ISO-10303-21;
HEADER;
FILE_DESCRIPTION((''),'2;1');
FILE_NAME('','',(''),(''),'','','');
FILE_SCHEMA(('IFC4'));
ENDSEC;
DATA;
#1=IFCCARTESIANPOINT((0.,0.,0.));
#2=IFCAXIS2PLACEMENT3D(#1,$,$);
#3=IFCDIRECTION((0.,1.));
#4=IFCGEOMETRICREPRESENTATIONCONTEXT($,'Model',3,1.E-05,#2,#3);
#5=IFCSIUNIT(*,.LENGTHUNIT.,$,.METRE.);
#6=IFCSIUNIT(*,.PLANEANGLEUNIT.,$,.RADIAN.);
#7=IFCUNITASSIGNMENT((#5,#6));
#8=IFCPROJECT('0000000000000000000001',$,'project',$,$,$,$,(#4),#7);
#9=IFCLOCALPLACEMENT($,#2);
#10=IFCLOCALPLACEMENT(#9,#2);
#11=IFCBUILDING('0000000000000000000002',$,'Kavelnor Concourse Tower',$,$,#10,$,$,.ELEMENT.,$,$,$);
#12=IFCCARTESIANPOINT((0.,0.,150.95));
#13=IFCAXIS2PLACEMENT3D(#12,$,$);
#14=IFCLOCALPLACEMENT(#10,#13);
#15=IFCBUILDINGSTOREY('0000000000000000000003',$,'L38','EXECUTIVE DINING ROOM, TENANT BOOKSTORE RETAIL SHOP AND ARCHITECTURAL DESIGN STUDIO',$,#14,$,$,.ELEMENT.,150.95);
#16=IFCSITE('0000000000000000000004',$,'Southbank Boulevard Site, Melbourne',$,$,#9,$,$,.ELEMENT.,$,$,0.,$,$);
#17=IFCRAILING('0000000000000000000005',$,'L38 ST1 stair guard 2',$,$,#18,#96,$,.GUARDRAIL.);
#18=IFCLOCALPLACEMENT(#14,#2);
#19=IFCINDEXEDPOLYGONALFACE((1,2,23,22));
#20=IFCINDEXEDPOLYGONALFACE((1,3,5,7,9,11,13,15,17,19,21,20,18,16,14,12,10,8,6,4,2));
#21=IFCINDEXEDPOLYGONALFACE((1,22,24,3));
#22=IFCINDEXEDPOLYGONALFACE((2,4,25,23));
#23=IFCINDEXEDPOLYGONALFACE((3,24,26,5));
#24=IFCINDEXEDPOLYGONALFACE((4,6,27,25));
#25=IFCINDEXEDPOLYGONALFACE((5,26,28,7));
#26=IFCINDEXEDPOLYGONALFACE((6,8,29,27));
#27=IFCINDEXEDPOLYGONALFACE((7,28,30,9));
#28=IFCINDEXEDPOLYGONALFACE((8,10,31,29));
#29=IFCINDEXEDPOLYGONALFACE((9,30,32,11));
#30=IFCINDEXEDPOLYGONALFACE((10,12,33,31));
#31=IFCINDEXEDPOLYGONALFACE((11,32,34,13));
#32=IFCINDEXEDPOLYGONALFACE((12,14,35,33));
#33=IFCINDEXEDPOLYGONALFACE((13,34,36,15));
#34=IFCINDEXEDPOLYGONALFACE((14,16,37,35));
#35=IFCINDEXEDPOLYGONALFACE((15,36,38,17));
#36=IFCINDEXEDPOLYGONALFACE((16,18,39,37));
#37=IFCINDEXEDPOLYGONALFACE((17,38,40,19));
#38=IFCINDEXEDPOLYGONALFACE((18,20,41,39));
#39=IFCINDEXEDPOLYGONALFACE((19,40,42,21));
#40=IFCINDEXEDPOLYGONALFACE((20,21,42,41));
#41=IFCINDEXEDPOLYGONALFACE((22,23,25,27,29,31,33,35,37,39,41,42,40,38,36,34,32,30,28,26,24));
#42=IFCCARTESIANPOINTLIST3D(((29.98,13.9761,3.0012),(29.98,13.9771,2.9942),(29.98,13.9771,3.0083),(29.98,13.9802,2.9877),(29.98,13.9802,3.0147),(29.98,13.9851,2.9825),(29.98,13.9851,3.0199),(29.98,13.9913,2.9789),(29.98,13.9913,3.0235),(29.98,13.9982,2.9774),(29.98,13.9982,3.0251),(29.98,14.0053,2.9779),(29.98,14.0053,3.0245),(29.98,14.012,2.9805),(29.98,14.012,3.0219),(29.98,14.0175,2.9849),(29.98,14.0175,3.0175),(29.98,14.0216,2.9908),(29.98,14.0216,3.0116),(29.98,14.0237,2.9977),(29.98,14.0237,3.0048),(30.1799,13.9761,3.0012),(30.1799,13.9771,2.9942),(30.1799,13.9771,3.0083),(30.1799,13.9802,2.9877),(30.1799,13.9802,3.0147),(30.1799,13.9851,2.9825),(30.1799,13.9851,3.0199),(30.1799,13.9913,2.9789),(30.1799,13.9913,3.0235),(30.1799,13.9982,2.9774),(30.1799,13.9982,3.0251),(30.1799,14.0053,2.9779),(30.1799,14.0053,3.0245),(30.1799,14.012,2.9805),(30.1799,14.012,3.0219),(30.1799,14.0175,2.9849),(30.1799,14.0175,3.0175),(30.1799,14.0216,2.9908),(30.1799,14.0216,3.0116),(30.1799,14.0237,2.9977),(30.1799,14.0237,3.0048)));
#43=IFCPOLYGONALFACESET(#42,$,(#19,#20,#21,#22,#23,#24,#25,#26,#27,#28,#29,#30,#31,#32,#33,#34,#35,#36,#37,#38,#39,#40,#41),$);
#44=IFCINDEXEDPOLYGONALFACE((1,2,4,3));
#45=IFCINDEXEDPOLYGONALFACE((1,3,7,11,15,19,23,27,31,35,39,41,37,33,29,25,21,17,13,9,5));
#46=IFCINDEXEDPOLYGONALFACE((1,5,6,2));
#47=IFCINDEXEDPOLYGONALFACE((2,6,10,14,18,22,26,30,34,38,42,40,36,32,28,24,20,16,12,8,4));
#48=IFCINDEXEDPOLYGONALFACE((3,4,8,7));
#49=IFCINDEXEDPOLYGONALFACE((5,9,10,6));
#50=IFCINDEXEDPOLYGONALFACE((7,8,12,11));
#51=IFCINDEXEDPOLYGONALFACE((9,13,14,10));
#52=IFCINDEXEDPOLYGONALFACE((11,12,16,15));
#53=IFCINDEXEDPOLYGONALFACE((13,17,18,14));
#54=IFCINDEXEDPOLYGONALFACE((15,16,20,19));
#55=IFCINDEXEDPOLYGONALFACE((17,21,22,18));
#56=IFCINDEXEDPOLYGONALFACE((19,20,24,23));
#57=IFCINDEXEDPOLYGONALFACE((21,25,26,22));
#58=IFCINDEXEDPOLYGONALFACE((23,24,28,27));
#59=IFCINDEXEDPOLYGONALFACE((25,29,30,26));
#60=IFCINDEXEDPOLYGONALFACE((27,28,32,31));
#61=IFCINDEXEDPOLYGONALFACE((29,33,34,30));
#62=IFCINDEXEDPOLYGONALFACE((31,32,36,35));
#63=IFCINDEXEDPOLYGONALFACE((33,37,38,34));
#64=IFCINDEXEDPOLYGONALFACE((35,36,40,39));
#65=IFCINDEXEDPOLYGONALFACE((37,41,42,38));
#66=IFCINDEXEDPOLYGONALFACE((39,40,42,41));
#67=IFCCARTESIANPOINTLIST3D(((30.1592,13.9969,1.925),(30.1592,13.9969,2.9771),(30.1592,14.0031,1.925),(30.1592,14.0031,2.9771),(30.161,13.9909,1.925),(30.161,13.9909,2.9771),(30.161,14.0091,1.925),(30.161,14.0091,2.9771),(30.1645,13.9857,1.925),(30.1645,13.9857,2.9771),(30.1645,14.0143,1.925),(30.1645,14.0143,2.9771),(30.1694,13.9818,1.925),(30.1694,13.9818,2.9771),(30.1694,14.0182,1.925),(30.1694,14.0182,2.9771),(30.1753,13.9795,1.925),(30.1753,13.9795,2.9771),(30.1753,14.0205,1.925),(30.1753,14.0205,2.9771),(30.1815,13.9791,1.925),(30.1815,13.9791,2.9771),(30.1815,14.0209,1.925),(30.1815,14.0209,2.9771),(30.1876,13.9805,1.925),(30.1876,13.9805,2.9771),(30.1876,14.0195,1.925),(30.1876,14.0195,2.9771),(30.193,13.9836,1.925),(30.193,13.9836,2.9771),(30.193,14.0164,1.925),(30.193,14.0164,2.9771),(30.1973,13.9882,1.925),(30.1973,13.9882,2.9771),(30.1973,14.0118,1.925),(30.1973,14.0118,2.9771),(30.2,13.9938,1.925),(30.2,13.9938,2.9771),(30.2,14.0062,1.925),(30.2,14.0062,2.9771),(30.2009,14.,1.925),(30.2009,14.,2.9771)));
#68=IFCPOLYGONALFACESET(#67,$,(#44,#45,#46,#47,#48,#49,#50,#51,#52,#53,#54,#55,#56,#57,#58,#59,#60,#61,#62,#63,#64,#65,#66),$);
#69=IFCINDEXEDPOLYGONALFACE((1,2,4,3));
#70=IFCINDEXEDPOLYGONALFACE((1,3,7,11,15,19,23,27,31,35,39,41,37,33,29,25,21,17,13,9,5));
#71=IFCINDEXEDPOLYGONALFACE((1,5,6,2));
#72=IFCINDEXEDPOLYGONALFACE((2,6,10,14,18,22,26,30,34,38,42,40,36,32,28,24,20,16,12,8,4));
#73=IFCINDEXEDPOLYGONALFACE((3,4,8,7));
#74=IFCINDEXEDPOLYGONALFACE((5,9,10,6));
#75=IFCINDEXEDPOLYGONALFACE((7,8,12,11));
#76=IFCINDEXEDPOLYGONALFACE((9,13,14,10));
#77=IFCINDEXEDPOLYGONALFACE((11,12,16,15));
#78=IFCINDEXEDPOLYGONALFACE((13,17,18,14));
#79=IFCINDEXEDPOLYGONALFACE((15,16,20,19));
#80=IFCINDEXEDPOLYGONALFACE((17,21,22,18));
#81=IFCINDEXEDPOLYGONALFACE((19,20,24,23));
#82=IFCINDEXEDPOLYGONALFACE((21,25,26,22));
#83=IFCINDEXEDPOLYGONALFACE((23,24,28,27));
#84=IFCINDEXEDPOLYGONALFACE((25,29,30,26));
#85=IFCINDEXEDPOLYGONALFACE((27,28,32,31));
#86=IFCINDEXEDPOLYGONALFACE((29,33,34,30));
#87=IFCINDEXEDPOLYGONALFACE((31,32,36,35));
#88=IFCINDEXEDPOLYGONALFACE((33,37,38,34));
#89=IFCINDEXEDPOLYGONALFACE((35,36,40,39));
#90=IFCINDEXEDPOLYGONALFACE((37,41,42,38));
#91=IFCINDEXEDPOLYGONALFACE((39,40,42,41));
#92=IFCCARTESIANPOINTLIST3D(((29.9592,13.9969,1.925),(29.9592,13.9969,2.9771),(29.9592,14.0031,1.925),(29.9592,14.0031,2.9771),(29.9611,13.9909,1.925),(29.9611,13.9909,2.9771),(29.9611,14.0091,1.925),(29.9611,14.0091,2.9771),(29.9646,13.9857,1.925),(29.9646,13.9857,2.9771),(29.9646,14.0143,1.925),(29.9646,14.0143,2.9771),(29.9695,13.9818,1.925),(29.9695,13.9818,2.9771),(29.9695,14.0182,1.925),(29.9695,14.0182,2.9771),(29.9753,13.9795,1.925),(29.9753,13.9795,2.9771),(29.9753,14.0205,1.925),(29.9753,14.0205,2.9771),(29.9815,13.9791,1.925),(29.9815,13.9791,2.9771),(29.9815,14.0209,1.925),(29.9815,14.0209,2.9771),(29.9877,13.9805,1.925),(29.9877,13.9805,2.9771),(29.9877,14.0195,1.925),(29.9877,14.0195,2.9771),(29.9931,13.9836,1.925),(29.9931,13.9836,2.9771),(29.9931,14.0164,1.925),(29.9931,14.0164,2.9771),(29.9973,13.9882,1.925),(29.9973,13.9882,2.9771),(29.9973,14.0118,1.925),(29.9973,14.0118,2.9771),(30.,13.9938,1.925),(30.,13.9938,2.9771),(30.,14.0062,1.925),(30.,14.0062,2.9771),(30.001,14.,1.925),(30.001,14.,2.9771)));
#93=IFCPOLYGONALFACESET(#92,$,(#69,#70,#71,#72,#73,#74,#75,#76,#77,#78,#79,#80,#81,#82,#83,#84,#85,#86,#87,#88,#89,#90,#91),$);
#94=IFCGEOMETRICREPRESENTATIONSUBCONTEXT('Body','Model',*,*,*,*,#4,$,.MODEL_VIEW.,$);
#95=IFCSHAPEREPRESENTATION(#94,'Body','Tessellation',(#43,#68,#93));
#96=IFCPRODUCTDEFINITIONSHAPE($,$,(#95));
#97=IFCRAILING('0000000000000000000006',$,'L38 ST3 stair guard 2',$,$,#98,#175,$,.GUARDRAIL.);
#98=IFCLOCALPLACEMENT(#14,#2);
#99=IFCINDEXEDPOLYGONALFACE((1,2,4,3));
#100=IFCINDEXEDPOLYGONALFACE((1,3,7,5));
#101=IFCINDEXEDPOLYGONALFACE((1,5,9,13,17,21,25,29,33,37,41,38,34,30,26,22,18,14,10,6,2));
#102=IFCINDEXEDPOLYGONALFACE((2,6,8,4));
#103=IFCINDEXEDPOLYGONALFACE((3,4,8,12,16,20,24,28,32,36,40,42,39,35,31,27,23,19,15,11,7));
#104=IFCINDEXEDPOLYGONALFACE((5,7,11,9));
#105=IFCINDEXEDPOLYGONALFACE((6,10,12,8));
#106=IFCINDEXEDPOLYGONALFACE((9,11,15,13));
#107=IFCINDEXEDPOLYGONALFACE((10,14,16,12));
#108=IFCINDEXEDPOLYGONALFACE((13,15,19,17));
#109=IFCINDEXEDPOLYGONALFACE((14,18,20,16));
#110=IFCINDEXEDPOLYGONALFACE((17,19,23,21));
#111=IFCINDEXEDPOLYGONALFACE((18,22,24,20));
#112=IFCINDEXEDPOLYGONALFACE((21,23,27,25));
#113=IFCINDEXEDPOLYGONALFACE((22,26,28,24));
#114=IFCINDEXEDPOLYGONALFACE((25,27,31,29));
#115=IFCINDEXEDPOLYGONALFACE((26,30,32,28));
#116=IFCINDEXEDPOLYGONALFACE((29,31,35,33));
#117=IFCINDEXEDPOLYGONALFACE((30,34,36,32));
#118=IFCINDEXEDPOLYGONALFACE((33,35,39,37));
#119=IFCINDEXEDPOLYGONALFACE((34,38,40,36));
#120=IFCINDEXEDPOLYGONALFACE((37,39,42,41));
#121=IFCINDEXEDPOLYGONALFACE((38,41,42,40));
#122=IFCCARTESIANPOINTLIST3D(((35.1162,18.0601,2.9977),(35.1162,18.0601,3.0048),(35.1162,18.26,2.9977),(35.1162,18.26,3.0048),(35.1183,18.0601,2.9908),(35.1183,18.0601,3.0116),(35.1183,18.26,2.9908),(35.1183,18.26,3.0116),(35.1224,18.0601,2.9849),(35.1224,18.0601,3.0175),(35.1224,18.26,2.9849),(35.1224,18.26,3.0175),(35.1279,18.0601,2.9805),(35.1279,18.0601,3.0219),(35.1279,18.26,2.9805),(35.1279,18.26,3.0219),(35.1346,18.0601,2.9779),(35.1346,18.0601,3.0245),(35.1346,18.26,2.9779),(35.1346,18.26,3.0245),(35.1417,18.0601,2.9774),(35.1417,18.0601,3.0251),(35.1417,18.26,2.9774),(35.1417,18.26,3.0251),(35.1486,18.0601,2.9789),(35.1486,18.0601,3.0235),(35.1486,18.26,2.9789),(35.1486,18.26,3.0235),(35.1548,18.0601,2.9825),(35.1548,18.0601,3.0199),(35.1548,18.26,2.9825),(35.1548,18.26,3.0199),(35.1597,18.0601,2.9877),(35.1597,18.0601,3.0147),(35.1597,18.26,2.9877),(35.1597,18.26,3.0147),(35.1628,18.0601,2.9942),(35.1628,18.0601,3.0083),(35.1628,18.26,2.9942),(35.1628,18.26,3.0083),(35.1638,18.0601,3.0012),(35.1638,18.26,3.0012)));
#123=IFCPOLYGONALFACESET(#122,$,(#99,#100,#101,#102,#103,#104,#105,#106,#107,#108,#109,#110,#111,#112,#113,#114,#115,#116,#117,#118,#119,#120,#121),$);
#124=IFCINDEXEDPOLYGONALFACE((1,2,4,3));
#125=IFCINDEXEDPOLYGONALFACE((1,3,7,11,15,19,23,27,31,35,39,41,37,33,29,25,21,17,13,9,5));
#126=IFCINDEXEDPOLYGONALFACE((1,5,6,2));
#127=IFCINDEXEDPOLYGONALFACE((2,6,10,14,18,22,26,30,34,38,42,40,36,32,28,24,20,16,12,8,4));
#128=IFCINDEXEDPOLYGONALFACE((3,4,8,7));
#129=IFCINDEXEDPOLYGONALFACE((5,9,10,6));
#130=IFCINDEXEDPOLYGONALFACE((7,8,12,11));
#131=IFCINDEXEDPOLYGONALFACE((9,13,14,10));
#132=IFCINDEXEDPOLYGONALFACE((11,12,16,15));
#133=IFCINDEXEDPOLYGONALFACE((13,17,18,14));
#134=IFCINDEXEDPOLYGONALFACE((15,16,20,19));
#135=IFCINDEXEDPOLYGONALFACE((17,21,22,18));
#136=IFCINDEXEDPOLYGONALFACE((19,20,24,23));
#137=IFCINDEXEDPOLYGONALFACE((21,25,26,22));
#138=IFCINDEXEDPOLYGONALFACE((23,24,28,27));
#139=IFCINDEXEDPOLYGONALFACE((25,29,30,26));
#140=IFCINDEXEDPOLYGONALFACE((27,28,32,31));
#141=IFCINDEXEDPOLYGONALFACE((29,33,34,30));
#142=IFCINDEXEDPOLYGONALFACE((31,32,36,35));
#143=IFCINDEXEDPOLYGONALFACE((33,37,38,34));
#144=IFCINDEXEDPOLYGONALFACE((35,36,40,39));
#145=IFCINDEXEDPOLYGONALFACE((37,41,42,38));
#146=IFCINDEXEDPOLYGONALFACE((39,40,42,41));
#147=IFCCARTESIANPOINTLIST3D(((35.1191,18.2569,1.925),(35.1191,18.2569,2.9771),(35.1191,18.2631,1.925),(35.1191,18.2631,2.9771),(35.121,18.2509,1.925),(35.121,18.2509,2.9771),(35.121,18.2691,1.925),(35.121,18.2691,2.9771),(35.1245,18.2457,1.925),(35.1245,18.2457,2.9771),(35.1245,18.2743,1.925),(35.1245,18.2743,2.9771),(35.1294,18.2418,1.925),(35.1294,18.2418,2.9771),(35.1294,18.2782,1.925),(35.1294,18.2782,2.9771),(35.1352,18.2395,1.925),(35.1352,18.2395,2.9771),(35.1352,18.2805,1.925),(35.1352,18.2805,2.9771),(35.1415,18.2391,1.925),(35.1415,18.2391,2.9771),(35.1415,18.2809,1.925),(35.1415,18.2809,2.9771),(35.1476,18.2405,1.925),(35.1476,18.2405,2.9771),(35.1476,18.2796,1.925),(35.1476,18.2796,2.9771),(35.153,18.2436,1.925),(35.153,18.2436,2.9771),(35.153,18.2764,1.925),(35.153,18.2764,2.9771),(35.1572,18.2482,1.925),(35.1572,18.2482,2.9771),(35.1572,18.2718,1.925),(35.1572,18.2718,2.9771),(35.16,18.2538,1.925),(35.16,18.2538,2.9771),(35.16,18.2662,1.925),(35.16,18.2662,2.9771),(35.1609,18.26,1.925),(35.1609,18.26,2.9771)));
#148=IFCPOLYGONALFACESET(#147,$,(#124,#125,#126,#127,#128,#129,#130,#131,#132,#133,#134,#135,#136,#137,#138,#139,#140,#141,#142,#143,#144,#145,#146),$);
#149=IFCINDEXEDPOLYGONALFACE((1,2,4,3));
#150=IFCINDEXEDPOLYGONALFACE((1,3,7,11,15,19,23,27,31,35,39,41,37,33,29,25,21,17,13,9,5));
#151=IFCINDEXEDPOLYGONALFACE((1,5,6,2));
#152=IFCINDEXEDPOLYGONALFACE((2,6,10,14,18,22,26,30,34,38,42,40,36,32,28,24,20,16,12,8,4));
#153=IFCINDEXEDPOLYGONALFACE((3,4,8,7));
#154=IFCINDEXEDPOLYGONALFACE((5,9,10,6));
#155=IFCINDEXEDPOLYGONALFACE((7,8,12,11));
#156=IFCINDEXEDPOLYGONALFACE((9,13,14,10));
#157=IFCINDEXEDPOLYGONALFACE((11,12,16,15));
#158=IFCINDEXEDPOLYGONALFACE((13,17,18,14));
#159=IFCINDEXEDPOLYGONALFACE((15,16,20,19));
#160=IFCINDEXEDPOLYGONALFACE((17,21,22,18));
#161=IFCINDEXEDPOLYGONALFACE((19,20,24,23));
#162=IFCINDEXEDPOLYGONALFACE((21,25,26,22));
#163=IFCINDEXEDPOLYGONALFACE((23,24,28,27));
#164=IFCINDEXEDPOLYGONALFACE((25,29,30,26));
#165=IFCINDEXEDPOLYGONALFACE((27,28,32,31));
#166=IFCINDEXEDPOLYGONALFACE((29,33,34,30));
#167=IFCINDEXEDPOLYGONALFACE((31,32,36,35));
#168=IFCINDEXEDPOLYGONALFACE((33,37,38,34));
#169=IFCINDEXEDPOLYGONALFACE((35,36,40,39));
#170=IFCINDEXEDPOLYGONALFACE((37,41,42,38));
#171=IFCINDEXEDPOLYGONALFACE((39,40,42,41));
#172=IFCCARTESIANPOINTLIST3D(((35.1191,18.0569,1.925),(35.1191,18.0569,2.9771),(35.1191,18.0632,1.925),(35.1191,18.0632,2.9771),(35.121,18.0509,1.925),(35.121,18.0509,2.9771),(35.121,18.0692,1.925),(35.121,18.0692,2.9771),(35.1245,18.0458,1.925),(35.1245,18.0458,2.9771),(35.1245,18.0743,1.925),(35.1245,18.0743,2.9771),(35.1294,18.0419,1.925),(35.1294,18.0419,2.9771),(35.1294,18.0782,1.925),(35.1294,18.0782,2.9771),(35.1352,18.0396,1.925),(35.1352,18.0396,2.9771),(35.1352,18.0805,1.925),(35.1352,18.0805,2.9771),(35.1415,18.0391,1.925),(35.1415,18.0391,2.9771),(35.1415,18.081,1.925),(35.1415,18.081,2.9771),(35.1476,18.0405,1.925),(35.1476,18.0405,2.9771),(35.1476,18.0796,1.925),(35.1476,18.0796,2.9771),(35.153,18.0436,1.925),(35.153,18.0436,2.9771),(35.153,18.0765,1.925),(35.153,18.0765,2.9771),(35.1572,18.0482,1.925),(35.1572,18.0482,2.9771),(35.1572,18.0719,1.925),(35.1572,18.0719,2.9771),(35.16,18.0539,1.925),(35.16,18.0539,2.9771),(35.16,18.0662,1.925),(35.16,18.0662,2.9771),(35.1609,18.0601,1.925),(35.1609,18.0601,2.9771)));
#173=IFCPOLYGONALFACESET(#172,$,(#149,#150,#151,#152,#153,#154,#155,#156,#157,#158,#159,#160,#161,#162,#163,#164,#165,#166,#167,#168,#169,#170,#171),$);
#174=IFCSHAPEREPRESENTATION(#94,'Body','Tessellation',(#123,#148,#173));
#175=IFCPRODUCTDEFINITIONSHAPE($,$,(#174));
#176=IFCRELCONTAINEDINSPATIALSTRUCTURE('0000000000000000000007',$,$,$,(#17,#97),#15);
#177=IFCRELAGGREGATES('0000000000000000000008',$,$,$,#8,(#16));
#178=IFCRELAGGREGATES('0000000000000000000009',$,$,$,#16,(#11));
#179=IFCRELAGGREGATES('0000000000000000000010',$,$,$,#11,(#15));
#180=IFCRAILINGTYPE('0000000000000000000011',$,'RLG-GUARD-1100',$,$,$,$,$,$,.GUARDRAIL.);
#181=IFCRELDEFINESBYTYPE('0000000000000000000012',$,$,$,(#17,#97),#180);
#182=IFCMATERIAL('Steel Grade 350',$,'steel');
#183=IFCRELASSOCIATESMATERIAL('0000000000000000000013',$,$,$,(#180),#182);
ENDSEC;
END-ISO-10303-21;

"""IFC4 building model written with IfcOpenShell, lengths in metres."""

from ifc_helpers import new_model, si_unit, direction, frame, origin, origin_2d, place, context, subcontext, project, spatial, circle, extrude, material, type_object, element, save


model = new_model("IFC4")

# Units and contexts
model_context = context("Model", 3, precision=1e-05, world=origin(), true_north=direction((0.0, 1.0)))
body_context = subcontext(model_context, "Body", "Model", "MODEL_VIEW")
ifc_project = project(units=[si_unit("LENGTHUNIT", "METRE"), si_unit("PLANEANGLEUNIT", "RADIAN")], contexts=[model_context])

# Site, building, storey
site_placement = place(None, origin())
site = spatial("IfcSite", under=ifc_project, at=site_placement, Name="Southbank Boulevard Site, Melbourne", CompositionType="ELEMENT", RefElevation=0.0)
building_placement = place(site_placement, origin())
building = spatial("IfcBuilding", under=site, at=building_placement, Name="Kavelnor Concourse Tower", CompositionType="ELEMENT")
storey_placement = place(building_placement, frame((0.0, 0.0, 150.95)))
storey = spatial("IfcBuildingStorey", under=building, at=storey_placement, Name="L38", Description="EXECUTIVE DINING ROOM, TENANT BOOKSTORE RETAIL SHOP AND ARCHITECTURAL DESIGN STUDIO", CompositionType="ELEMENT", Elevation=150.95)

# Shared definitions
ifc_material_1 = material(Name="Steel Grade 350", Category="steel")

# Railings
railing_type = type_object("IfcRailingType", Name="RLG-GUARD-1100", PredefinedType="GUARDRAIL", material=ifc_material_1)
railing_1_placement = place(storey_placement, frame((30.1799, 14.0, 1.925)))
element("IfcRailing", 1, at=railing_1_placement, inside=storey, type_object=railing_type, Name="L38 ST1 stair guard 2", PredefinedType="GUARDRAIL", context=body_context, shape_type="SweptSolid", body=[
    extrude(circle(Radius=0.0239, at=origin_2d()), frame((0.0, 0.0, 1.0762), z_axis=(-1.0, 0.0, 0.0), x_axis=(0.0, -1.0, 0.0)), (0.0, 0.0, 1.0), 0.2),
    extrude(circle(Radius=0.021, at=origin_2d()), origin(), (0.0, 0.0, 1.0), 1.052),
    extrude(circle(Radius=0.021, at=origin_2d()), frame((-0.2, 0.0, 0.0)), (0.0, 0.0, 1.0), 1.052),
])
railing_2_placement = place(storey_placement, frame((35.1399, 18.26, 1.925)))
element("IfcRailing", 2, at=railing_2_placement, inside=storey, type_object=railing_type, Name="L38 ST3 stair guard 2", PredefinedType="GUARDRAIL", context=body_context, shape_type="SweptSolid", body=[
    extrude(circle(Radius=0.0239, at=origin_2d()), frame((0.0, 0.0, 1.0762), z_axis=(0.0, -1.0, 0.0), x_axis=(1.0, 0.0, 0.0)), (0.0, 0.0, 1.0), 0.2),
    extrude(circle(Radius=0.021, at=origin_2d()), origin(), (0.0, 0.0, 1.0), 1.052),
    extrude(circle(Radius=0.021, at=origin_2d()), frame((0.0, -0.2, 0.0)), (0.0, 0.0, 1.0), 1.052),
])

save(model, "model.ifc")
